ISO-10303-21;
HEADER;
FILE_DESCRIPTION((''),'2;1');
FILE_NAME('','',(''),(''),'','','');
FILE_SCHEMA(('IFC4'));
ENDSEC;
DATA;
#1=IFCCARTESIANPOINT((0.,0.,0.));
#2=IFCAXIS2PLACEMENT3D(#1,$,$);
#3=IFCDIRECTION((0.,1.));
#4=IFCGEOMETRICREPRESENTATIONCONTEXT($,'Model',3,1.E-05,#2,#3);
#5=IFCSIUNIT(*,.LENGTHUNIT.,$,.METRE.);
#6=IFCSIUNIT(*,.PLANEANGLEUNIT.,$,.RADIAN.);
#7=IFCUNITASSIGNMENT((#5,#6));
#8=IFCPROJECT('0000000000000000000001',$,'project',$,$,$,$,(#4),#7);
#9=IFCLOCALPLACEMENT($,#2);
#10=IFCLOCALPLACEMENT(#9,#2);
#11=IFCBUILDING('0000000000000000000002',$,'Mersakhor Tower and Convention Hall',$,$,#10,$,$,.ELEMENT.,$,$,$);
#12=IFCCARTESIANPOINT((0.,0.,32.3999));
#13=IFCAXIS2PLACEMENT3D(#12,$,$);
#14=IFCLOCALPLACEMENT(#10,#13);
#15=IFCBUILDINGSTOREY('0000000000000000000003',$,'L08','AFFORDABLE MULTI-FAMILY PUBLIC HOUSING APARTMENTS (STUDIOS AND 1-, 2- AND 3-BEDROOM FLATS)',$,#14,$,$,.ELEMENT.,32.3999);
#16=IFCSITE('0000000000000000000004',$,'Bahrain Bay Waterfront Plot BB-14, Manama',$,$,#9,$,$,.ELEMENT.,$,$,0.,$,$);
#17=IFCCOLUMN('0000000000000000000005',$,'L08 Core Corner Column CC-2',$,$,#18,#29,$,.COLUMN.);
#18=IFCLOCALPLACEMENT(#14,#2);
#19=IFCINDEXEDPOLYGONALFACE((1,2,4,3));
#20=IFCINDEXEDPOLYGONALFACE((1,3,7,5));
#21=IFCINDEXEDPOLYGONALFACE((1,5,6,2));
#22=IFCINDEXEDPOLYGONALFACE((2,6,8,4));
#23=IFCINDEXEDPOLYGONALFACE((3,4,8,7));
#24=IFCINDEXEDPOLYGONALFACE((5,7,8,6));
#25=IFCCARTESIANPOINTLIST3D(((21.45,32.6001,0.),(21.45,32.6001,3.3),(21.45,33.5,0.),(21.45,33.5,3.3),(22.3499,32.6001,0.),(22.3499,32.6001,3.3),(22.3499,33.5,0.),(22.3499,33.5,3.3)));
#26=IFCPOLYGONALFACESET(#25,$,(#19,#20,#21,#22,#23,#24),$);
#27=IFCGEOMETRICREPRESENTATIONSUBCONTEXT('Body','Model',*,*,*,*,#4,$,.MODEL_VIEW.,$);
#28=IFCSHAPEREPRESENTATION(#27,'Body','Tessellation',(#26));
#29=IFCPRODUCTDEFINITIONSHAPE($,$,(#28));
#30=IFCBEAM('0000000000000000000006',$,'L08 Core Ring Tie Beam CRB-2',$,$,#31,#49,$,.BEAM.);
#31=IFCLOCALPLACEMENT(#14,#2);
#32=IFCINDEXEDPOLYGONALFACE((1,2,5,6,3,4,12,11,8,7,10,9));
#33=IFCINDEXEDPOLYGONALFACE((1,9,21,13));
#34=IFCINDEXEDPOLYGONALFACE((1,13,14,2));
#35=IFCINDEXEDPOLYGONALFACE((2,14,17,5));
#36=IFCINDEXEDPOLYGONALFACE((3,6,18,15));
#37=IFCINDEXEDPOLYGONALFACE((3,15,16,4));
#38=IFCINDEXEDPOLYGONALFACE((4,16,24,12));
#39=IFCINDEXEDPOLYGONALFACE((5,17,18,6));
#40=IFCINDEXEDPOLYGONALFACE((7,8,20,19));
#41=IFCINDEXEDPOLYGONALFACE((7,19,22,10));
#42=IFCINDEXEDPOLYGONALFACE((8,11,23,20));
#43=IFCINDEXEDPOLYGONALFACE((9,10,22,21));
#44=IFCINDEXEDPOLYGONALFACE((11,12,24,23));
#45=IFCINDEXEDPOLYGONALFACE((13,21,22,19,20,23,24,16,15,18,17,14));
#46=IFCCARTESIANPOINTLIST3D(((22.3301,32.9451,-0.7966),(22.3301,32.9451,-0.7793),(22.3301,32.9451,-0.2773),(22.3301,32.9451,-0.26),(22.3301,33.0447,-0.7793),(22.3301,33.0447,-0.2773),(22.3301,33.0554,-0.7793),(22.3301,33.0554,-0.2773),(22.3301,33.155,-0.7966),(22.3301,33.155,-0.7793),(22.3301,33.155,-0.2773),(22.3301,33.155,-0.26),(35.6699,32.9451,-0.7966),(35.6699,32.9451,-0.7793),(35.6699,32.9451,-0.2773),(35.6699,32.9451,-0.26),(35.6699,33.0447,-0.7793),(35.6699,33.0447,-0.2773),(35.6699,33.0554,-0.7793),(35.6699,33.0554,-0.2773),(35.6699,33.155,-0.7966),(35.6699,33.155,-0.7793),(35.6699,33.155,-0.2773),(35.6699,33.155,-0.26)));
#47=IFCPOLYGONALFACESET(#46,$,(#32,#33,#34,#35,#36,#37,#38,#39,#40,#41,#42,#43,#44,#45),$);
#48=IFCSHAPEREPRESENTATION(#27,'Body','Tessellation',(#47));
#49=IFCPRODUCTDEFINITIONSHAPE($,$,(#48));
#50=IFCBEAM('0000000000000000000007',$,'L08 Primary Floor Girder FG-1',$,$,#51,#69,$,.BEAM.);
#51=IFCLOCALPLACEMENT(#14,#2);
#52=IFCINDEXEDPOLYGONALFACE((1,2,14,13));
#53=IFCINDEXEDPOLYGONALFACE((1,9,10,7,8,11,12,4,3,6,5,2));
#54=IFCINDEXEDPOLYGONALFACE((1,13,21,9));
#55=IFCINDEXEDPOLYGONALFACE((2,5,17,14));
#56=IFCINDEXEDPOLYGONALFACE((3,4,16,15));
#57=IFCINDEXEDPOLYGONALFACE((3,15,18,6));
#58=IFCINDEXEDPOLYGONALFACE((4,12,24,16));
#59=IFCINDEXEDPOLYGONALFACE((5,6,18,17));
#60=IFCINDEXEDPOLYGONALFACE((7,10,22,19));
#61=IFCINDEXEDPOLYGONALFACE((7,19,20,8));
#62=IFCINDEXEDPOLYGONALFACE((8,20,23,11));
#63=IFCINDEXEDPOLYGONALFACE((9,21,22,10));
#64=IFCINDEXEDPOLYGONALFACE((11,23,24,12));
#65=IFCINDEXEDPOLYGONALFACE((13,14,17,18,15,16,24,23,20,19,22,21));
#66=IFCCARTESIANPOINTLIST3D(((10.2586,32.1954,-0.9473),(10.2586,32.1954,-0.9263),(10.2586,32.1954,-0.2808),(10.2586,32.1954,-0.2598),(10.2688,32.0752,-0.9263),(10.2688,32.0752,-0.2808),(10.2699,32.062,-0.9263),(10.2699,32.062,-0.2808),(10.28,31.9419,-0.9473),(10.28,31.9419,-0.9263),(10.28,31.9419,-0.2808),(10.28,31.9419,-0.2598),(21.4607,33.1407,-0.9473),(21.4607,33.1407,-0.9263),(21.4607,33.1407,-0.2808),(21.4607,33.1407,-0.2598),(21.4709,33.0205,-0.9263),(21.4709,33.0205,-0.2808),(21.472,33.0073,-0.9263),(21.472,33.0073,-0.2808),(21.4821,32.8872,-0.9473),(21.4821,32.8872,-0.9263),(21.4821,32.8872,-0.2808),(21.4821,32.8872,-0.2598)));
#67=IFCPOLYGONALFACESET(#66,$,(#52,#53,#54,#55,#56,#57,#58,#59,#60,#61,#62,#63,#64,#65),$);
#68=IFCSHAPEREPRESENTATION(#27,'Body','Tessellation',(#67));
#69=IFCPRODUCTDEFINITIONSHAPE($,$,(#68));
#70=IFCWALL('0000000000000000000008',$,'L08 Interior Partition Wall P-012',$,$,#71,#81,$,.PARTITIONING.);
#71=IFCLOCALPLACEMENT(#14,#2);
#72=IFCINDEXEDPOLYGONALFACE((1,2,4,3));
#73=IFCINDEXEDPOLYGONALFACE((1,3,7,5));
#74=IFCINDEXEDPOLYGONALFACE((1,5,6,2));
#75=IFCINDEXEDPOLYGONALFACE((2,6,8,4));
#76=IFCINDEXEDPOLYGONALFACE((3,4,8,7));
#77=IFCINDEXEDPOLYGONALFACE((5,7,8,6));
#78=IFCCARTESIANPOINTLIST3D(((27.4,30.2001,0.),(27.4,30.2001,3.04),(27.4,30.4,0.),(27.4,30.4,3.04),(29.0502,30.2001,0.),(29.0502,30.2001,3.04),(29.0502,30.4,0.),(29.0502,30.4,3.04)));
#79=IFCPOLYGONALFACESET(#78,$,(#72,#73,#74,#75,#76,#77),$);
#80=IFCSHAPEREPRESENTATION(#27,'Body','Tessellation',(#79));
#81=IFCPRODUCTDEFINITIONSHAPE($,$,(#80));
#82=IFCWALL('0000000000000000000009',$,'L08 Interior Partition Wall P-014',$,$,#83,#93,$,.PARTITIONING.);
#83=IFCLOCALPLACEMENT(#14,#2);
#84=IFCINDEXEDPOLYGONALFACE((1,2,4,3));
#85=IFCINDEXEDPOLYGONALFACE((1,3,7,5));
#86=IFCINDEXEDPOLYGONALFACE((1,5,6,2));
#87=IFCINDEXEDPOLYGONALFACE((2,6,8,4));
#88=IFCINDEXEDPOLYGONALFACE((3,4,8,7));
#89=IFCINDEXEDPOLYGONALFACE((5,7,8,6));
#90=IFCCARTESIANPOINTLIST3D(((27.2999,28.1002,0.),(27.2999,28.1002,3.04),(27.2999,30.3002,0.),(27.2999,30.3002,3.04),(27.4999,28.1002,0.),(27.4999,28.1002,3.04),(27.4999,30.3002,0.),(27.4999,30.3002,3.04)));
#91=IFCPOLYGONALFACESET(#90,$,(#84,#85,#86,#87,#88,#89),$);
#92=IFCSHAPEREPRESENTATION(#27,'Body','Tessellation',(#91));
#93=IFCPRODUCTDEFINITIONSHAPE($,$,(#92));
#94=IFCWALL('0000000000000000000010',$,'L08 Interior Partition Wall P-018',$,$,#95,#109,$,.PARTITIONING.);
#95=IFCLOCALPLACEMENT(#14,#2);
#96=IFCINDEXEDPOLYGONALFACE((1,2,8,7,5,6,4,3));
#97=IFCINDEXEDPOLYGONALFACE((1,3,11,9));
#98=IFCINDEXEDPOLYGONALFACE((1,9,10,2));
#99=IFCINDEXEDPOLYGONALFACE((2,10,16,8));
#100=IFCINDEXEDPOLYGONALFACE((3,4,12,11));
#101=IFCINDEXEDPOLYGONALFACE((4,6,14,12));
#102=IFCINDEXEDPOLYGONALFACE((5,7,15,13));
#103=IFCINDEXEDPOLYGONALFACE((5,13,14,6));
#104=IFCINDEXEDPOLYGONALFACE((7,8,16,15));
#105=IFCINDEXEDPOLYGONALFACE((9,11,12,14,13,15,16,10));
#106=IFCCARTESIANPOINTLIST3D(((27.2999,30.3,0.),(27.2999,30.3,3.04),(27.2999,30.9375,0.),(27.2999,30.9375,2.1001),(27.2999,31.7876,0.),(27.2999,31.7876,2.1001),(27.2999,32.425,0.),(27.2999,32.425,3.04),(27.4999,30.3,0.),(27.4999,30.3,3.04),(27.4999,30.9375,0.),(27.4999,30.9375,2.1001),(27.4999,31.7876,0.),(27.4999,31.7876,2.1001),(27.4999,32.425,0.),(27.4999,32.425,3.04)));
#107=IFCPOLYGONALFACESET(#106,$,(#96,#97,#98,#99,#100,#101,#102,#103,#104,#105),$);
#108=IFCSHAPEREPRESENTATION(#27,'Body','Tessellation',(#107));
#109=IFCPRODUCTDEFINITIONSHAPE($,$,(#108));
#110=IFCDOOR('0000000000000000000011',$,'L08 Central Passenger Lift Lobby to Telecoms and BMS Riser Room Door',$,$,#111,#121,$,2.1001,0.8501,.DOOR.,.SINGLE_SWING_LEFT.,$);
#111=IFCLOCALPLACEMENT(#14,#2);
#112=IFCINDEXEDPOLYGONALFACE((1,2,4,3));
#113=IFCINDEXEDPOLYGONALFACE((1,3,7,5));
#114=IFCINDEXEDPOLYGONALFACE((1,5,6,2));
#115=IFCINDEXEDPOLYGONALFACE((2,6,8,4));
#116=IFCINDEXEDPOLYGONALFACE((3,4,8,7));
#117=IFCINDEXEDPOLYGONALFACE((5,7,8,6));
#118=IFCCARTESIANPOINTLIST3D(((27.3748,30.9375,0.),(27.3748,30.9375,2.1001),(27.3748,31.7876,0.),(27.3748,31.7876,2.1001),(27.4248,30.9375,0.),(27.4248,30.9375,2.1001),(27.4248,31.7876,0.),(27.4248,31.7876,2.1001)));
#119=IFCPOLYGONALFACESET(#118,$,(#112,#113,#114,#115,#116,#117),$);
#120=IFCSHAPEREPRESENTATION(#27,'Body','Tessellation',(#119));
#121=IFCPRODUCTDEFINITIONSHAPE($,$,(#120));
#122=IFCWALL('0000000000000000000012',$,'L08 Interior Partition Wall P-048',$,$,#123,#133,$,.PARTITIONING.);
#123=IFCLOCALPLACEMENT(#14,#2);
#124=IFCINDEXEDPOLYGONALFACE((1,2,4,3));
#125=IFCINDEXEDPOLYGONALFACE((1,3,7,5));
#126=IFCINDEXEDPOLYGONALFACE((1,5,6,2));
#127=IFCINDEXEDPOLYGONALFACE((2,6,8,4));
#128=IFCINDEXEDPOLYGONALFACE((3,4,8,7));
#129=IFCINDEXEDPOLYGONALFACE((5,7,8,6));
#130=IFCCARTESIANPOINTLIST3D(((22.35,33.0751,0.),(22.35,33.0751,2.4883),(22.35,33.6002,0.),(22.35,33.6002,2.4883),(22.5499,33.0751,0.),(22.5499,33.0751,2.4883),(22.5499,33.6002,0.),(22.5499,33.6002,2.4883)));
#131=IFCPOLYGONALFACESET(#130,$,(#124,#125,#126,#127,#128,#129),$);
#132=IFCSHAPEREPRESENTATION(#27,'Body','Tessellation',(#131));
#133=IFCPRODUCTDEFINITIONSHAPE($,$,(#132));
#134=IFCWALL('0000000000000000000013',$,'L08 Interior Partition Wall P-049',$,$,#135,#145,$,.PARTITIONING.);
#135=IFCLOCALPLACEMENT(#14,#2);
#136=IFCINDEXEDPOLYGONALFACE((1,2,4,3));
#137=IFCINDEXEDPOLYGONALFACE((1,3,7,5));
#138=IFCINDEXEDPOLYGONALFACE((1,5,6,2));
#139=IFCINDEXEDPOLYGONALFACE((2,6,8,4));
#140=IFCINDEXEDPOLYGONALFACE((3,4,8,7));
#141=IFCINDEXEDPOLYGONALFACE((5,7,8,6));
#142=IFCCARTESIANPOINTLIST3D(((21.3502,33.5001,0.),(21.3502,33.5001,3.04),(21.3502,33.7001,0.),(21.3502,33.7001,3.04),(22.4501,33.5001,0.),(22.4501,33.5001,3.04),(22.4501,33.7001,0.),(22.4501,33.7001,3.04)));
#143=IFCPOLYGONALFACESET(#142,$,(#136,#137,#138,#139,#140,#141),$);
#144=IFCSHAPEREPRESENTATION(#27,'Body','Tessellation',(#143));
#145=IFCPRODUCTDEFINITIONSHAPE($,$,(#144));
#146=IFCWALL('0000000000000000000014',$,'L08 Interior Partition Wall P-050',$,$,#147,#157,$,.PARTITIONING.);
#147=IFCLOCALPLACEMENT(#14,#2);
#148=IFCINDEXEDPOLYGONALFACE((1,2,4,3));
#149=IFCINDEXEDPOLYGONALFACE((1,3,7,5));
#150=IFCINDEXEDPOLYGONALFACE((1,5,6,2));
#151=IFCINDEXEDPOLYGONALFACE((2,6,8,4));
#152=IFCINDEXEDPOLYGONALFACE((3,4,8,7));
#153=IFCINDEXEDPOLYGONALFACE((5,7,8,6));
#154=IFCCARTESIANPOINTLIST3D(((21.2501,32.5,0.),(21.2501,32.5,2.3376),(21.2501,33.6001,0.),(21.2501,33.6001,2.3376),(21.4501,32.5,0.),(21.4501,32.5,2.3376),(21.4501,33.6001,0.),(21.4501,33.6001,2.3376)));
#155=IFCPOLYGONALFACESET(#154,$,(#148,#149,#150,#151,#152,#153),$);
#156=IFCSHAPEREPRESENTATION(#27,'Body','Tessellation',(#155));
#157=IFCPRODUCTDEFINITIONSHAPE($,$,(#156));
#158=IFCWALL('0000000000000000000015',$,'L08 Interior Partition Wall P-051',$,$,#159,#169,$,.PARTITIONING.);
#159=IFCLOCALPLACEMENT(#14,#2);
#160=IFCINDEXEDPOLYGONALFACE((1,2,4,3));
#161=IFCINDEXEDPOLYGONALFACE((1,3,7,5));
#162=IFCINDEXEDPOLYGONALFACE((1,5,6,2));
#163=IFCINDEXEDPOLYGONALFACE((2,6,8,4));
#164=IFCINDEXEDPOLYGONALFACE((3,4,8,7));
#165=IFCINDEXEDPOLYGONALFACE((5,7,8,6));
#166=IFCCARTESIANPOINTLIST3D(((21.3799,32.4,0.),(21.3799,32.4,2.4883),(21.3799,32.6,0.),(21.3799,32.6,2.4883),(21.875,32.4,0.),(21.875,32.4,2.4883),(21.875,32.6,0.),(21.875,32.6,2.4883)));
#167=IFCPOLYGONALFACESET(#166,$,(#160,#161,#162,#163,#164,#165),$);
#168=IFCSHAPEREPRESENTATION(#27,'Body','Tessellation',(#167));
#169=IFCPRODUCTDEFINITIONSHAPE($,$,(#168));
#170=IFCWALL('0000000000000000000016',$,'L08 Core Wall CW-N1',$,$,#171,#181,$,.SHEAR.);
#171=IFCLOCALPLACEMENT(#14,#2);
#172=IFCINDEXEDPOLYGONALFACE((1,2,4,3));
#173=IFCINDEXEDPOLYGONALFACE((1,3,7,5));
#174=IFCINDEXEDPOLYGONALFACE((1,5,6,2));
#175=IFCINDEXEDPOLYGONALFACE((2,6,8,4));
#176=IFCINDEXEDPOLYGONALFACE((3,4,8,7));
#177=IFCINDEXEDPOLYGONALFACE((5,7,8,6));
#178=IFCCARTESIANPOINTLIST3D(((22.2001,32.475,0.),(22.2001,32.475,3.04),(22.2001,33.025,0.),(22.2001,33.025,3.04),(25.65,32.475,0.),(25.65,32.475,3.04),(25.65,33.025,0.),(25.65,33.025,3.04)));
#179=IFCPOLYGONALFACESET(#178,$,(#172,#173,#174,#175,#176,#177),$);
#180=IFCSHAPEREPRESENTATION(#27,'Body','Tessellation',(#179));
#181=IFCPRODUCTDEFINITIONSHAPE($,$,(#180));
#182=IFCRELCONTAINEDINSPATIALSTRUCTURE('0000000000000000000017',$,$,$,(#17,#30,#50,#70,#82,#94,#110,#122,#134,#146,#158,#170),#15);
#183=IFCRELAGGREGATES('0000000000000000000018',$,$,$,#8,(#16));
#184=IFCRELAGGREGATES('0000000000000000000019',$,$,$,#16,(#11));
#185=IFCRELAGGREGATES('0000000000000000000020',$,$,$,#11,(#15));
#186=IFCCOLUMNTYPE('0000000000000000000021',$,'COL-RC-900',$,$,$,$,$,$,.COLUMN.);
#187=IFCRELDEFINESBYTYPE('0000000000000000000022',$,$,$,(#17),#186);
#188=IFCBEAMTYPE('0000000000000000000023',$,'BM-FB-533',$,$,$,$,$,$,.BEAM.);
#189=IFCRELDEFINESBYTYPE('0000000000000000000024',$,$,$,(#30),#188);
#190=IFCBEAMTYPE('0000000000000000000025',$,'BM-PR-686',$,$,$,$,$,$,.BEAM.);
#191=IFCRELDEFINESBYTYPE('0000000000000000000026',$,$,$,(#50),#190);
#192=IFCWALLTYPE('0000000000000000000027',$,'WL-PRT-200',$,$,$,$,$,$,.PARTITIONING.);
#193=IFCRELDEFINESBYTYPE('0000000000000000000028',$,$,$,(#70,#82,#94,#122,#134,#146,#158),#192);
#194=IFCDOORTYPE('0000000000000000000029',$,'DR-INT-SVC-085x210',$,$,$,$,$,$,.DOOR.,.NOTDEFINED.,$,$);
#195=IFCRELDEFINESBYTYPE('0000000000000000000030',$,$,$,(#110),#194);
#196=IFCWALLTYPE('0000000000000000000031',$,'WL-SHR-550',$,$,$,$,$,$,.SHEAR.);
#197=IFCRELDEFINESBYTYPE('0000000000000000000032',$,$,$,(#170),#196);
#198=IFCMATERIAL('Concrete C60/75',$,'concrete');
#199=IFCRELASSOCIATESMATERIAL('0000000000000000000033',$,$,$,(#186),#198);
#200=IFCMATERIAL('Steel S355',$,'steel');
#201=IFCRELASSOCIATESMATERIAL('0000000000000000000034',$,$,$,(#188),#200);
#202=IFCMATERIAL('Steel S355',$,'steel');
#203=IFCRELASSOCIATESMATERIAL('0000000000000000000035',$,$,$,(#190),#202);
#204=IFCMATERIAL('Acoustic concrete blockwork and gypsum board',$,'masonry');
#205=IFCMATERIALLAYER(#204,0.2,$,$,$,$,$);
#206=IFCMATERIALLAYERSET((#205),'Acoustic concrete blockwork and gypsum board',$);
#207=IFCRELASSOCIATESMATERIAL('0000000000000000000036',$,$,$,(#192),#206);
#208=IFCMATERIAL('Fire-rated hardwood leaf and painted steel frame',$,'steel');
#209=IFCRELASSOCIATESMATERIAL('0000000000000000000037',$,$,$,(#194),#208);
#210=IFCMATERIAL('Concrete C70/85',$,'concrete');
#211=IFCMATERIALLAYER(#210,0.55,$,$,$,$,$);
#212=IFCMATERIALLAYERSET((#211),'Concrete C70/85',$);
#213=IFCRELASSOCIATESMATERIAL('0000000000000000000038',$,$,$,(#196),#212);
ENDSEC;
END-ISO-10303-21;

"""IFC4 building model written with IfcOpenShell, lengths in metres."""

from ifc_helpers import new_model, si_unit, direction, frame, frame_2d, origin, origin_2d, place, context, subcontext, project, spatial, rectangle, i_section, extrude, material, layer, layer_set, material_profile, profile_set, type_object, element, fill, save


model = new_model("IFC4")

# Units and contexts
model_context = context("Model", 3, precision=1e-05, world=origin(), true_north=direction((0.0, 1.0)))
body_context = subcontext(model_context, "Body", "Model", "MODEL_VIEW")
ifc_project = project(units=[si_unit("LENGTHUNIT", "METRE"), si_unit("PLANEANGLEUNIT", "RADIAN")], contexts=[model_context])

# Site, building, storey
site_placement = place(None, origin())
site = spatial("IfcSite", under=ifc_project, at=site_placement, Name="Bahrain Bay Waterfront Plot BB-14, Manama", CompositionType="ELEMENT", RefElevation=0.0)
building_placement = place(site_placement, origin())
building = spatial("IfcBuilding", under=site, at=building_placement, Name="Mersakhor Tower and Convention Hall", CompositionType="ELEMENT")
storey_placement = place(building_placement, frame((0.0, 0.0, 32.3999)))
storey = spatial("IfcBuildingStorey", under=building, at=storey_placement, Name="L08", Description="AFFORDABLE MULTI-FAMILY PUBLIC HOUSING APARTMENTS (STUDIOS AND 1-, 2- AND 3-BEDROOM FLATS)", CompositionType="ELEMENT", Elevation=32.3999)

# Column
ifc_material_1 = material(Name="Concrete C60/75", Category="concrete")
ifc_material_profile_1 = material_profile(ifc_material_1, rectangle(XDim=0.8999, YDim=0.8999, at=origin_2d()), Name="RC 900x900")
ifc_profile_set_1 = profile_set([ifc_material_profile_1], Name="Concrete C60/75")
column_type = type_object("IfcColumnType", Name="COL-RC-900", PredefinedType="COLUMN", material=ifc_profile_set_1)
column_placement = place(storey_placement, frame((21.8999, 33.05, 0.0), z_axis=(0.0, 0.0, 1.0), x_axis=(1.0, 0.0, 0.0)))
element("IfcColumn", 1, at=column_placement, inside=storey, type_object=column_type, Name="L08 Core Corner Column CC-2", PredefinedType="COLUMN", context=body_context, shape_type="SweptSolid", body=[
    extrude(rectangle(XDim=0.8999, YDim=0.8999, at=origin_2d()), origin(), (0.0, 0.0, 1.0), 3.3),
])

# Beams
ifc_material_2 = material(Name="Steel S355", Category="steel")
ifc_material_profile_2 = material_profile(ifc_material_2, i_section(OverallWidth=0.21, OverallDepth=0.5366, WebThickness=0.0107, FlangeThickness=0.0173, at=origin_2d()), Name="UB 533x210x101")
ifc_profile_set_2 = profile_set([ifc_material_profile_2], Name="Steel S355")
beam_type_1 = type_object("IfcBeamType", Name="BM-FB-533", PredefinedType="BEAM", material=ifc_profile_set_2)
beam_1_placement = place(storey_placement, frame((22.3301, 33.05, -0.5283), z_axis=(1.0, 0.0, 0.0), x_axis=(0.0, 1.0, 0.0)))
element("IfcBeam", 2, at=beam_1_placement, inside=storey, type_object=beam_type_1, Name="L08 Core Ring Tie Beam CRB-2", PredefinedType="BEAM", context=body_context, shape_type="SweptSolid", body=[
    extrude(i_section(OverallWidth=0.21, OverallDepth=0.5366, WebThickness=0.0107, FlangeThickness=0.0173, at=origin_2d()), origin(), (0.0, 0.0, 1.0), 13.3398),
])
ifc_material_3 = material(Name="Steel S355", Category="steel")
ifc_material_profile_3 = material_profile(ifc_material_3, i_section(OverallWidth=0.2544, OverallDepth=0.6875, WebThickness=0.0132, FlangeThickness=0.021, at=origin_2d()), Name="UB 686x254x152")
ifc_profile_set_3 = profile_set([ifc_material_profile_3], Name="Steel S355")
beam_type_2 = type_object("IfcBeamType", Name="BM-PR-686", PredefinedType="BEAM", material=ifc_profile_set_3)
beam_2_placement = place(storey_placement, frame((21.4714, 33.0139, -0.6035), z_axis=(-0.996458, -0.084088, 0.0), x_axis=(0.084088, -0.996458, 0.0)))
element("IfcBeam", 3, at=beam_2_placement, inside=storey, type_object=beam_type_2, Name="L08 Primary Floor Girder FG-1", PredefinedType="BEAM", context=body_context, shape_type="SweptSolid", body=[
    extrude(i_section(OverallWidth=0.2544, OverallDepth=0.6875, WebThickness=0.0132, FlangeThickness=0.021, at=origin_2d()), origin(), (0.0, 0.0, 1.0), 11.2419),
])

# Shared definitions
ifc_material_4 = material(Name="Acoustic concrete blockwork and gypsum board", Category="masonry")
ifc_layer_1 = layer(ifc_material_4, 0.2)
ifc_layer_set_1 = layer_set([ifc_layer_1], Name="Acoustic concrete blockwork and gypsum board")
wall_type_1 = type_object("IfcWallType", Name="WL-PRT-200", PredefinedType="PARTITIONING", material=ifc_layer_set_1)

# Walls
wall_1_placement = place(storey_placement, frame((27.3999, 30.3, 0.0), z_axis=(0.0, 0.0, 1.0), x_axis=(1.0, 0.0, 0.0)))
element("IfcWall", 4, at=wall_1_placement, inside=storey, type_object=wall_type_1, Name="L08 Interior Partition Wall P-012", PredefinedType="PARTITIONING", context=body_context, shape_type="SweptSolid", body=[
    extrude(rectangle(XDim=1.6501, YDim=0.2, at=frame_2d((0.8252, 0.0))), origin(), (0.0, 0.0, 1.0), 3.04),
])
wall_2_placement = place(storey_placement, frame((27.3999, 28.1001, 0.0), z_axis=(0.0, 0.0, 1.0), x_axis=(0.0, 1.0, 0.0)))
element("IfcWall", 5, at=wall_2_placement, inside=storey, type_object=wall_type_1, Name="L08 Interior Partition Wall P-014", PredefinedType="PARTITIONING", context=body_context, shape_type="SweptSolid", body=[
    extrude(rectangle(XDim=2.2, YDim=0.2, at=frame_2d((1.1001, 0.0))), origin(), (0.0, 0.0, 1.0), 3.04),
])

# Wall, opening, door
wall_3_placement = place(storey_placement, frame((27.3999, 32.425, 0.0), z_axis=(0.0, 0.0, 1.0), x_axis=(0.0, -1.0, 0.0)))
wall_3 = element("IfcWall", 6, at=wall_3_placement, inside=storey, type_object=wall_type_1, Name="L08 Interior Partition Wall P-018", PredefinedType="PARTITIONING", context=body_context, shape_type="SweptSolid", body=[
    extrude(rectangle(XDim=2.125, YDim=0.2, at=frame_2d((1.0625, 0.0))), origin(), (0.0, 0.0, 1.0), 3.04),
])
opening_1_placement = place(wall_3_placement, frame((0.6375, 0.0, 0.0)))
opening_1 = element("IfcOpeningElement", 7, at=opening_1_placement, cuts=wall_3, PredefinedType="OPENING", context=body_context, shape_type="SweptSolid", body=[
    extrude(rectangle(XDim=0.8501, YDim=2.1001, at=frame_2d((0.425, 1.05))), frame((0.0, 0.1099, 0.0), z_axis=(0.0, -1.0, 0.0), x_axis=(1.0, 0.0, 0.0)), (0.0, 0.0, 1.0), 0.22),
])
ifc_material_5 = material(Name="Fire-rated hardwood leaf and painted steel frame", Category="steel")
door_type_1 = type_object("IfcDoorType", Name="DR-INT-SVC-085x210", OperationType="NOTDEFINED", PredefinedType="DOOR", material=ifc_material_5)
door_1_placement = place(opening_1_placement, origin())
door_1 = element("IfcDoor", 8, at=door_1_placement, inside=storey, type_object=door_type_1, Name="L08 Central Passenger Lift Lobby to Telecoms and BMS Riser Room Door", OperationType="SINGLE_SWING_LEFT", OverallHeight=2.1001, OverallWidth=0.8501, PredefinedType="DOOR", context=body_context, shape_type="SweptSolid", body=[
    extrude(rectangle(XDim=0.8501, YDim=2.1001, at=frame_2d((0.425, 1.05))), frame((0.0, 0.0249, 0.0), z_axis=(0.0, -1.0, 0.0), x_axis=(1.0, 0.0, 0.0)), (0.0, 0.0, 1.0), 0.05),
])
fill(opening_1, door_1)

# Walls
wall_4_placement = place(storey_placement, frame((22.45, 33.075, 0.0), z_axis=(0.0, 0.0, 1.0), x_axis=(0.0, 1.0, 0.0)))
element("IfcWall", 9, at=wall_4_placement, inside=storey, type_object=wall_type_1, Name="L08 Interior Partition Wall P-048", PredefinedType="PARTITIONING", context=body_context, shape_type="SweptSolid", body=[
    extrude(rectangle(XDim=0.5251, YDim=0.2, at=frame_2d((0.2627, 0.0))), origin(), (0.0, 0.0, 1.0), 2.4883),
])
wall_5_placement = place(storey_placement, frame((22.45, 33.6001, 0.0), z_axis=(0.0, 0.0, 1.0), x_axis=(-1.0, 0.0, 0.0)))
element("IfcWall", 10, at=wall_5_placement, inside=storey, type_object=wall_type_1, Name="L08 Interior Partition Wall P-049", PredefinedType="PARTITIONING", context=body_context, shape_type="SweptSolid", body=[
    extrude(rectangle(XDim=1.0999, YDim=0.2, at=frame_2d((0.5498, 0.0))), origin(), (0.0, 0.0, 1.0), 3.04),
])
wall_6_placement = place(storey_placement, frame((21.3501, 33.6001, 0.0), z_axis=(0.0, 0.0, 1.0), x_axis=(0.0, -1.0, 0.0)))
element("IfcWall", 11, at=wall_6_placement, inside=storey, type_object=wall_type_1, Name="L08 Interior Partition Wall P-050", PredefinedType="PARTITIONING", context=body_context, shape_type="SweptSolid", body=[
    extrude(rectangle(XDim=1.1001, YDim=0.2, at=frame_2d((0.55, 0.0))), origin(), (0.0, 0.0, 1.0), 2.3376),
])
wall_7_placement = place(storey_placement, frame((21.3799, 32.5, 0.0), z_axis=(0.0, 0.0, 1.0), x_axis=(1.0, 0.0, 0.0)))
element("IfcWall", 12, at=wall_7_placement, inside=storey, type_object=wall_type_1, Name="L08 Interior Partition Wall P-051", PredefinedType="PARTITIONING", context=body_context, shape_type="SweptSolid", body=[
    extrude(rectangle(XDim=0.4951, YDim=0.2, at=frame_2d((0.2476, 0.0))), origin(), (0.0, 0.0, 1.0), 2.4883),
])
ifc_material_6 = material(Name="Concrete C70/85", Category="concrete")
ifc_layer_2 = layer(ifc_material_6, 0.55)
ifc_layer_set_2 = layer_set([ifc_layer_2], Name="Concrete C70/85")
wall_type_2 = type_object("IfcWallType", Name="WL-SHR-550", PredefinedType="SHEAR", material=ifc_layer_set_2)
wall_8_placement = place(storey_placement, frame((22.2, 32.75, 0.0), z_axis=(0.0, 0.0, 1.0), x_axis=(1.0, 0.0, 0.0)))
element("IfcWall", 13, at=wall_8_placement, inside=storey, type_object=wall_type_2, Name="L08 Core Wall CW-N1", PredefinedType="SHEAR", context=body_context, shape_type="SweptSolid", body=[
    extrude(rectangle(XDim=3.45, YDim=0.55, at=frame_2d((1.7251, 0.0))), origin(), (0.0, 0.0, 1.0), 3.04),
])

save(model, "model.ifc")
